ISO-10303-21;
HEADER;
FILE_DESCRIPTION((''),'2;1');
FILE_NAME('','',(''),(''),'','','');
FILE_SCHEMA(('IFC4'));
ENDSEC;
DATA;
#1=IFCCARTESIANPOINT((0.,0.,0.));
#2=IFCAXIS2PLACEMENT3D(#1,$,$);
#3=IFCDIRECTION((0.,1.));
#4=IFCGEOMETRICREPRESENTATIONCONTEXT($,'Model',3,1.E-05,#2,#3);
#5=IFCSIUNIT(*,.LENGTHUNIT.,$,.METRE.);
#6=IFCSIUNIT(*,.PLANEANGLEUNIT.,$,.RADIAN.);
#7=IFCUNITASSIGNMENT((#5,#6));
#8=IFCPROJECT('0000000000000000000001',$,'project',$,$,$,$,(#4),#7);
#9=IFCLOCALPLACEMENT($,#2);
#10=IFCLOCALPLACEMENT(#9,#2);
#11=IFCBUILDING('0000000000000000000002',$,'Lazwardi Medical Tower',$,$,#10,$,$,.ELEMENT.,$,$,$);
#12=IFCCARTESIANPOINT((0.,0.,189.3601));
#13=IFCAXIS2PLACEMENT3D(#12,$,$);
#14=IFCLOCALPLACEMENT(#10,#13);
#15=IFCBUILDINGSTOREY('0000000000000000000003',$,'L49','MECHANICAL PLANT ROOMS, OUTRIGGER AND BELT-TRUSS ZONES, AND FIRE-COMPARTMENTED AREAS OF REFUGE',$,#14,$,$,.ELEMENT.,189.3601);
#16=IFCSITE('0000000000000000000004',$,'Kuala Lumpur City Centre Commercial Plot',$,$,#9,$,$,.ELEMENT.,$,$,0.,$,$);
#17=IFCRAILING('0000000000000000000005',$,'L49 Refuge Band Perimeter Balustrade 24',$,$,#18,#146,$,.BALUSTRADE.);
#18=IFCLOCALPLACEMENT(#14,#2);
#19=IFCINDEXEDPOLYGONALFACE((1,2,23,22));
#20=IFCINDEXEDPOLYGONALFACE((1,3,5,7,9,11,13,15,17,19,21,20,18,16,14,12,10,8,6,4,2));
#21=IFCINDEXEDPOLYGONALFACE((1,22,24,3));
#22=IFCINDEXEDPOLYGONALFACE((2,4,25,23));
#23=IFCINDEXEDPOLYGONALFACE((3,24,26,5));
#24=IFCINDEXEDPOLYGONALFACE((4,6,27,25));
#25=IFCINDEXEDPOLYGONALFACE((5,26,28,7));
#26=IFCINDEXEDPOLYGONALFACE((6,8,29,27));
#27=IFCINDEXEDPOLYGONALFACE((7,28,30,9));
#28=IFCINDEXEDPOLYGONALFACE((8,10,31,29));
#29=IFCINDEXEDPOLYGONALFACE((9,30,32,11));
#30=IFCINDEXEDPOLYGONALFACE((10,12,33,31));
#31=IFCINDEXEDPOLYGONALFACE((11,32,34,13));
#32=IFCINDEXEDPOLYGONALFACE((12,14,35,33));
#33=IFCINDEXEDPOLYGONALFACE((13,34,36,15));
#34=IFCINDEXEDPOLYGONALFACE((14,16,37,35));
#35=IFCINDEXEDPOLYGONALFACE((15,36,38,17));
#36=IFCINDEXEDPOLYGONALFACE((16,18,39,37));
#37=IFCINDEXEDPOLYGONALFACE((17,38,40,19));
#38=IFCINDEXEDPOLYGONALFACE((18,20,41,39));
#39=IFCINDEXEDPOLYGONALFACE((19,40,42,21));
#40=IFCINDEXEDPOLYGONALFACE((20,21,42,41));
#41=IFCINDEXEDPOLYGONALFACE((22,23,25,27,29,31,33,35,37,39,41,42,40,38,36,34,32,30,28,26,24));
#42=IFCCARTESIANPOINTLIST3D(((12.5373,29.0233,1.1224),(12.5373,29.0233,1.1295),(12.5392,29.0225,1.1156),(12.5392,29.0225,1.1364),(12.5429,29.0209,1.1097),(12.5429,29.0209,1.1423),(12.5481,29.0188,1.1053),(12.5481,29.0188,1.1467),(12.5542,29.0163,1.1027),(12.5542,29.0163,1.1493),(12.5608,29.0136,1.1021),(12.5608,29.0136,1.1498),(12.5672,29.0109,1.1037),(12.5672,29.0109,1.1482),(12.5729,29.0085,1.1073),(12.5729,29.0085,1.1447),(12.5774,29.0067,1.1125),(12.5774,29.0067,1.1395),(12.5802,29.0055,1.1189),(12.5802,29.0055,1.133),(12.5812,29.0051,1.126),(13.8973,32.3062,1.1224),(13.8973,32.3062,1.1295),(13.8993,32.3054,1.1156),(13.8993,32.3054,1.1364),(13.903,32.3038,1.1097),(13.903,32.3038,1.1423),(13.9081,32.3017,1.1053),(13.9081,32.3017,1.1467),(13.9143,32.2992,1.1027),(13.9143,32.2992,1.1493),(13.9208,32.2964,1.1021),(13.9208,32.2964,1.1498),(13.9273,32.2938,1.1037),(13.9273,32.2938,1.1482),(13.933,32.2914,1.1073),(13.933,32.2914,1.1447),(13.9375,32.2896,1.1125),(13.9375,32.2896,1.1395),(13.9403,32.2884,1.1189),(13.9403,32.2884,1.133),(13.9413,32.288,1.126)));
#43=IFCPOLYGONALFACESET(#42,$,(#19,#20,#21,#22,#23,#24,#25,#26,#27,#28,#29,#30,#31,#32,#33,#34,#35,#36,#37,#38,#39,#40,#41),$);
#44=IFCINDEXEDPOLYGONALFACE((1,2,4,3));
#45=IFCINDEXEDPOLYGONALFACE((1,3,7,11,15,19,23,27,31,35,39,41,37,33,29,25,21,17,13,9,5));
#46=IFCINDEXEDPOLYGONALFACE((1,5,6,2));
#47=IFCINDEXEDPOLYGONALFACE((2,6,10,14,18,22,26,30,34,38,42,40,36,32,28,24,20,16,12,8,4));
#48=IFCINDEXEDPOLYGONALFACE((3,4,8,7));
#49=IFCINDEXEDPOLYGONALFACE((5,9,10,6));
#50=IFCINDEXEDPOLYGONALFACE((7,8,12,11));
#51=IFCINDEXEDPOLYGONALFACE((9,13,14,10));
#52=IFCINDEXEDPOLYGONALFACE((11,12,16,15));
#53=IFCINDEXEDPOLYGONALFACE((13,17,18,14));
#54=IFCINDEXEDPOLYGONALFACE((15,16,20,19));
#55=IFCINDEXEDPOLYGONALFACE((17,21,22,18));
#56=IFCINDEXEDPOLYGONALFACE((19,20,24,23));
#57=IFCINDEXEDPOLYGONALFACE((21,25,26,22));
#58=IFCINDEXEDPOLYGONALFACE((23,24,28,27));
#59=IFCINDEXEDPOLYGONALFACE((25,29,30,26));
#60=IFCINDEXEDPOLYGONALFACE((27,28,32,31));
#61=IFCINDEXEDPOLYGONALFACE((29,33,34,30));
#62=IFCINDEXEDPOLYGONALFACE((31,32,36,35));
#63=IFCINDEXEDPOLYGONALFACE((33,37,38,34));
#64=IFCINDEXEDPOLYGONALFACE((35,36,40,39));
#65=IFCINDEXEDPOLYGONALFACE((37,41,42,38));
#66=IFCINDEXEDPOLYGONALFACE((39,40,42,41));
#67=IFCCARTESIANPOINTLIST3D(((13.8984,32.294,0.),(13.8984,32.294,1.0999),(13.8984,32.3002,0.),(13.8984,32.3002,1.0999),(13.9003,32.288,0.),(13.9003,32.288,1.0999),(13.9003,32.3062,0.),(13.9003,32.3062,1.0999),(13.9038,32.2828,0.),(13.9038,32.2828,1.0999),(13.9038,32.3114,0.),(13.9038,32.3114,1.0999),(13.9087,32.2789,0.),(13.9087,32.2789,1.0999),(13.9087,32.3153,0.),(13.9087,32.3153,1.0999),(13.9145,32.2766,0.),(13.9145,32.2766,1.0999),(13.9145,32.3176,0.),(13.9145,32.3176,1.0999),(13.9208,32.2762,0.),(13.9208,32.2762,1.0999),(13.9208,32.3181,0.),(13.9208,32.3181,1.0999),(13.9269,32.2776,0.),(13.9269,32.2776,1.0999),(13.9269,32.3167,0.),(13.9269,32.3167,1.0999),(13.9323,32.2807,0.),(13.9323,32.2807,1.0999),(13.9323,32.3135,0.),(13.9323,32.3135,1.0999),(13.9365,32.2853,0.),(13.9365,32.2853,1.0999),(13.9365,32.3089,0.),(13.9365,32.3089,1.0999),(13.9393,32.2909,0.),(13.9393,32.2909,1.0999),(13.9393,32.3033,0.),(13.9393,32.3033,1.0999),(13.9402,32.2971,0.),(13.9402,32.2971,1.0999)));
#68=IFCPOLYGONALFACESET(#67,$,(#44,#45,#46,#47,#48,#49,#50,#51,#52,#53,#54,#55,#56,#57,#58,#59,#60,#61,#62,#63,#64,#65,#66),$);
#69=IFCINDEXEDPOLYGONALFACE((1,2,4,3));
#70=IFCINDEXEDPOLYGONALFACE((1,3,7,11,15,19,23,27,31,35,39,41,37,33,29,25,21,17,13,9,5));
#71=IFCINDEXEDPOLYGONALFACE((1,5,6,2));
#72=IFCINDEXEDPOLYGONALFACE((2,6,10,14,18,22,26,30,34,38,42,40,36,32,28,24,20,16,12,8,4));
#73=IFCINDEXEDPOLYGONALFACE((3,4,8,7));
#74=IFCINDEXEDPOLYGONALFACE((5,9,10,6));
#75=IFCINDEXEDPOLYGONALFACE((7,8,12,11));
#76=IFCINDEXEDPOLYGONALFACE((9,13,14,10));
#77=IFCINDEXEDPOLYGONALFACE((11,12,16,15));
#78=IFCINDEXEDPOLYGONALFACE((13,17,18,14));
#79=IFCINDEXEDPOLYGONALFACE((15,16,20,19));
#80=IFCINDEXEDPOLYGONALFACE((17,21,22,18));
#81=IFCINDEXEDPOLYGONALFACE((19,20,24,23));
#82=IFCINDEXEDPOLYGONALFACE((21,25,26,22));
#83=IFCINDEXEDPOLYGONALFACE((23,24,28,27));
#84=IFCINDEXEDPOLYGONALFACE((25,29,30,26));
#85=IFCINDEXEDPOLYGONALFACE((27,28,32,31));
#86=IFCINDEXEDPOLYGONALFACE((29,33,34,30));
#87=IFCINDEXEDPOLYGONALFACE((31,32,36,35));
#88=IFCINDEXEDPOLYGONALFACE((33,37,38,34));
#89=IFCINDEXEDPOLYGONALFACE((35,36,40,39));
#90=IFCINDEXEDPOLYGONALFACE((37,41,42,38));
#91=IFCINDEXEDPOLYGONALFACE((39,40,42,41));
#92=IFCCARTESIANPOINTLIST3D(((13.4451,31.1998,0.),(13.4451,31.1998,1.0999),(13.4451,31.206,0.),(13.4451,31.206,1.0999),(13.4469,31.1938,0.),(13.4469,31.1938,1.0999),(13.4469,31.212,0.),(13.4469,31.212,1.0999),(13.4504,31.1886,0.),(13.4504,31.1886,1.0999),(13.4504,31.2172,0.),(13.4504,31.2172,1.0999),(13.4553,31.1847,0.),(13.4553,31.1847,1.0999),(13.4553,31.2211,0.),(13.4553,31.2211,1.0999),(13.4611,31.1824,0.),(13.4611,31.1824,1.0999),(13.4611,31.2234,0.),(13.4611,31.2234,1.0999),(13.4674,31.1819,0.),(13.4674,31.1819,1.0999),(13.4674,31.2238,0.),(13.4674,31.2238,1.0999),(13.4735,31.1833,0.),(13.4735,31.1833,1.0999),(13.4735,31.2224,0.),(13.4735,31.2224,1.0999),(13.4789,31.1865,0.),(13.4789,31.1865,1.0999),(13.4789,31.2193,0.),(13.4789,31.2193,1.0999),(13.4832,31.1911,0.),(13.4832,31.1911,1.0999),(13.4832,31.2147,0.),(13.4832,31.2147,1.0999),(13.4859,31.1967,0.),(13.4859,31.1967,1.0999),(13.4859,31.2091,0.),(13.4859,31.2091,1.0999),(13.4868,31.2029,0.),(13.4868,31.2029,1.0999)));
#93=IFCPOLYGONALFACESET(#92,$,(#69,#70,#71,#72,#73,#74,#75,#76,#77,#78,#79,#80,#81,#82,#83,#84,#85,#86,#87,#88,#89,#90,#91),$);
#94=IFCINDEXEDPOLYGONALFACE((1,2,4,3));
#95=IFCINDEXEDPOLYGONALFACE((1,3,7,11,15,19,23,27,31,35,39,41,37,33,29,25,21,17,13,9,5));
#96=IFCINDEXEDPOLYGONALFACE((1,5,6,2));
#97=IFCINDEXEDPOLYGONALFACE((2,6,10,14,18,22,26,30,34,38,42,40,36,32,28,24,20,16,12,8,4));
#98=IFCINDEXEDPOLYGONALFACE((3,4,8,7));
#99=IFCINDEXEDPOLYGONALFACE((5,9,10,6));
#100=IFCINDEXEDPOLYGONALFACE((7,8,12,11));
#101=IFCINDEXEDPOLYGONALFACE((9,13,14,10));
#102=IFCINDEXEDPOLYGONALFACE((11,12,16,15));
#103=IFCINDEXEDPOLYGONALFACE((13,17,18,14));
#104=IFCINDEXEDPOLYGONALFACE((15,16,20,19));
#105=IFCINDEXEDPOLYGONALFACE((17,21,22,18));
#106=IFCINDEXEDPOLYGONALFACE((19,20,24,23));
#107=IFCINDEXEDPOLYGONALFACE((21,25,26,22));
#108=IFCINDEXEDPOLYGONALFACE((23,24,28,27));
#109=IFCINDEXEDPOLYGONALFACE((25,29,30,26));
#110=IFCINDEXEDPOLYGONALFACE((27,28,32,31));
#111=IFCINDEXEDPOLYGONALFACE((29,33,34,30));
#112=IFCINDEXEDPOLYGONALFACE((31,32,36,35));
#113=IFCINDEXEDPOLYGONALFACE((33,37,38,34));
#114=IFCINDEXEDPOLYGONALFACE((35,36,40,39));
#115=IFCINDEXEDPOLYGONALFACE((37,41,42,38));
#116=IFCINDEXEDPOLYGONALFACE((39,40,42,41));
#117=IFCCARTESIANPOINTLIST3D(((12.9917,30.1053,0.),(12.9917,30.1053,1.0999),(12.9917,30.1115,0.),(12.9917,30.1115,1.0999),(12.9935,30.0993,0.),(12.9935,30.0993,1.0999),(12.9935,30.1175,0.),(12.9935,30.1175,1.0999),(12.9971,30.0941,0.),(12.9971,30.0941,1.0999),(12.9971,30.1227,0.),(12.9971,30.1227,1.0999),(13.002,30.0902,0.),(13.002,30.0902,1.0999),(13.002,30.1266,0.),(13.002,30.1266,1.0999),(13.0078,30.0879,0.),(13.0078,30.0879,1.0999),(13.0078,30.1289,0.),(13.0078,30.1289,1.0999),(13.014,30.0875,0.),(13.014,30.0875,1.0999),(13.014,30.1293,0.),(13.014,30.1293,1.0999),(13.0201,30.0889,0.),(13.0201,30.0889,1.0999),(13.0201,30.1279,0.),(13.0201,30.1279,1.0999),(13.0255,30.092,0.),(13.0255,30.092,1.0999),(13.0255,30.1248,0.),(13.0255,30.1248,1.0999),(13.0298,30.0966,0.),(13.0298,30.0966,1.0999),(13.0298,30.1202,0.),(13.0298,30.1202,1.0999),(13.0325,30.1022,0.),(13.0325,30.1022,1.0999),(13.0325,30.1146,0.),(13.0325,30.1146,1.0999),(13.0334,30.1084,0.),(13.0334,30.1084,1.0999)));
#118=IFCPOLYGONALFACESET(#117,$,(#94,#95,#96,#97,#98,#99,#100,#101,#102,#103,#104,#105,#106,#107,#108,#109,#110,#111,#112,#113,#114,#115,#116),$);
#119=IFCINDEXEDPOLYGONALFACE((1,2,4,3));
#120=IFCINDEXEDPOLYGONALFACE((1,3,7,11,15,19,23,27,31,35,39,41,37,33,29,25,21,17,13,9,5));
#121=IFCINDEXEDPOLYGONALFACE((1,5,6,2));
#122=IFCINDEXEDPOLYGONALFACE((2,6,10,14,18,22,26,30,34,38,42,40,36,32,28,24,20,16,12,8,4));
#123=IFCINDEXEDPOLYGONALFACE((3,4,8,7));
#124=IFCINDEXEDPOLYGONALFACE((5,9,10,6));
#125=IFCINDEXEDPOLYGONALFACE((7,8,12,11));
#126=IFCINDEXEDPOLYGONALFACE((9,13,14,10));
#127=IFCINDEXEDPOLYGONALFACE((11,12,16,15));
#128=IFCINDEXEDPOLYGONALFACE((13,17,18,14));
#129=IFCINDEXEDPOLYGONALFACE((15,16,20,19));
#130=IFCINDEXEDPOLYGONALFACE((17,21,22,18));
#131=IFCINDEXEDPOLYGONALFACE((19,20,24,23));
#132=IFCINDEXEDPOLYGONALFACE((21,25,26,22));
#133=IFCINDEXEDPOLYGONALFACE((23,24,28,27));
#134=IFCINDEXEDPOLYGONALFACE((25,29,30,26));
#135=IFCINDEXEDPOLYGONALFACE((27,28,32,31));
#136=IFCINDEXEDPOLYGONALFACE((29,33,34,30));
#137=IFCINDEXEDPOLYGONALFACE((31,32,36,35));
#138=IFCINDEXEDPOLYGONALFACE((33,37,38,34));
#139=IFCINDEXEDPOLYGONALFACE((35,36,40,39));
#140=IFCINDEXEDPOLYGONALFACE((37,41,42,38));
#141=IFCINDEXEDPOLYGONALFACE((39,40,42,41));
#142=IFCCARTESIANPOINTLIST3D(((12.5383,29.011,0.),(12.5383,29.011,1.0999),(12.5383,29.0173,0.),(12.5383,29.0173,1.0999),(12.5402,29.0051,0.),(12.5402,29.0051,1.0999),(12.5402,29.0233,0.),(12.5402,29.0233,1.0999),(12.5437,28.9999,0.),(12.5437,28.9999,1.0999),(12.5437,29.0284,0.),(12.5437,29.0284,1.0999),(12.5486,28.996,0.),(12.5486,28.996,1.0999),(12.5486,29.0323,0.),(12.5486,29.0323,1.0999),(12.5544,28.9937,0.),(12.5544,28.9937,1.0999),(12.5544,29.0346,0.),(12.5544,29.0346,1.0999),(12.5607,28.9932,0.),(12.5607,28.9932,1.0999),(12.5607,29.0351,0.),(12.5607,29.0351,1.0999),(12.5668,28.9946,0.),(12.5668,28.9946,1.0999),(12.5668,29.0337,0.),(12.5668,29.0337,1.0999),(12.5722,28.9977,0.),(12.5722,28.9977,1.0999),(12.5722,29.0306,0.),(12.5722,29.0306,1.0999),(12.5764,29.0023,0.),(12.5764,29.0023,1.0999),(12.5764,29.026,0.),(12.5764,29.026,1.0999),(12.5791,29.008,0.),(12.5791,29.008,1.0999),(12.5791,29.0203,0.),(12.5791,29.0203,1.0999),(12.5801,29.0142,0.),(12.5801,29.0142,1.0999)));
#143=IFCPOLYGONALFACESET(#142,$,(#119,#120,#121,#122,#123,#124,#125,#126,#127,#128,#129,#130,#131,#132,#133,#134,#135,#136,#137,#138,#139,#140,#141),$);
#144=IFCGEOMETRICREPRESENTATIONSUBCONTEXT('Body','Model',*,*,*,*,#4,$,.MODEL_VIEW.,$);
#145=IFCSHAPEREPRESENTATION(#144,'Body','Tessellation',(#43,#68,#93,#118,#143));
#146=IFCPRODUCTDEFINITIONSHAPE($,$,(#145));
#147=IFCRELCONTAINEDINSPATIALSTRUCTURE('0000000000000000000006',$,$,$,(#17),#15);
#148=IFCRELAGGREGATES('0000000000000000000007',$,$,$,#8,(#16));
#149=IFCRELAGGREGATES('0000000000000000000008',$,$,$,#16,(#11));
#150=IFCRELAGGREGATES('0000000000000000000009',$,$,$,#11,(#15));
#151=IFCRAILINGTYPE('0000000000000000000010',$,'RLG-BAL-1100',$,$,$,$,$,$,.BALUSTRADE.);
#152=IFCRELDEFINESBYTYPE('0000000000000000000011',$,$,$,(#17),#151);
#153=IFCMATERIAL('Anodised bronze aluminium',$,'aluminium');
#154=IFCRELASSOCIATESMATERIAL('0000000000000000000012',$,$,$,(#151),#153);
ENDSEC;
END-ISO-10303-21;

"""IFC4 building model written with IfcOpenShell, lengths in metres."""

from ifc_helpers import new_model, si_unit, direction, frame, origin, origin_2d, place, context, subcontext, project, spatial, circle, extrude, material, type_object, element, save


model = new_model("IFC4")

# Units and contexts
model_context = context("Model", 3, precision=1e-05, world=origin(), true_north=direction((0.0, 1.0)))
body_context = subcontext(model_context, "Body", "Model", "MODEL_VIEW")
ifc_project = project(units=[si_unit("LENGTHUNIT", "METRE"), si_unit("PLANEANGLEUNIT", "RADIAN")], contexts=[model_context])

# Site, building, storey
site_placement = place(None, origin())
site = spatial("IfcSite", under=ifc_project, at=site_placement, Name="Kuala Lumpur City Centre Commercial Plot", CompositionType="ELEMENT", RefElevation=0.0)
building_placement = place(site_placement, origin())
building = spatial("IfcBuilding", under=site, at=building_placement, Name="Lazwardi Medical Tower", CompositionType="ELEMENT")
storey_placement = place(building_placement, frame((0.0, 0.0, 189.3601)))
storey = spatial("IfcBuildingStorey", under=building, at=storey_placement, Name="L49", Description="MECHANICAL PLANT ROOMS, OUTRIGGER AND BELT-TRUSS ZONES, AND FIRE-COMPARTMENTED AREAS OF REFUGE", CompositionType="ELEMENT", Elevation=189.3601)

# Railing
ifc_material_1 = material(Name="Anodised bronze aluminium", Category="aluminium")
railing_type = type_object("IfcRailingType", Name="RLG-BAL-1100", PredefinedType="BALUSTRADE", material=ifc_material_1)
railing_1_placement = place(storey_placement, frame((13.9192, 32.2971, 0.0)))
element("IfcRailing", 1, at=railing_1_placement, inside=storey, type_object=railing_type, Name="L49 Refuge Band Perimeter Balustrade 24", PredefinedType="BALUSTRADE", context=body_context, shape_type="SweptSolid", body=[
    extrude(circle(Radius=0.0239, at=origin_2d()), frame((0.0, 0.0, 1.126), z_axis=(-0.382746, -0.923854, 0.0), x_axis=(0.923854, -0.382746, 0.0)), (0.0, 0.0, 1.0), 3.5535),
    extrude(circle(Radius=0.021, at=origin_2d()), origin(), (0.0, 0.0, 1.0), 1.0999),
    extrude(circle(Radius=0.021, at=origin_2d()), frame((-0.4534, -1.0942, 0.0)), (0.0, 0.0, 1.0), 1.0999),
    extrude(circle(Radius=0.021, at=origin_2d()), frame((-0.9067, -2.1887, 0.0)), (0.0, 0.0, 1.0), 1.0999),
    extrude(circle(Radius=0.021, at=origin_2d()), frame((-1.3601, -3.283, 0.0)), (0.0, 0.0, 1.0), 1.0999),
])

save(model, "model.ifc")
